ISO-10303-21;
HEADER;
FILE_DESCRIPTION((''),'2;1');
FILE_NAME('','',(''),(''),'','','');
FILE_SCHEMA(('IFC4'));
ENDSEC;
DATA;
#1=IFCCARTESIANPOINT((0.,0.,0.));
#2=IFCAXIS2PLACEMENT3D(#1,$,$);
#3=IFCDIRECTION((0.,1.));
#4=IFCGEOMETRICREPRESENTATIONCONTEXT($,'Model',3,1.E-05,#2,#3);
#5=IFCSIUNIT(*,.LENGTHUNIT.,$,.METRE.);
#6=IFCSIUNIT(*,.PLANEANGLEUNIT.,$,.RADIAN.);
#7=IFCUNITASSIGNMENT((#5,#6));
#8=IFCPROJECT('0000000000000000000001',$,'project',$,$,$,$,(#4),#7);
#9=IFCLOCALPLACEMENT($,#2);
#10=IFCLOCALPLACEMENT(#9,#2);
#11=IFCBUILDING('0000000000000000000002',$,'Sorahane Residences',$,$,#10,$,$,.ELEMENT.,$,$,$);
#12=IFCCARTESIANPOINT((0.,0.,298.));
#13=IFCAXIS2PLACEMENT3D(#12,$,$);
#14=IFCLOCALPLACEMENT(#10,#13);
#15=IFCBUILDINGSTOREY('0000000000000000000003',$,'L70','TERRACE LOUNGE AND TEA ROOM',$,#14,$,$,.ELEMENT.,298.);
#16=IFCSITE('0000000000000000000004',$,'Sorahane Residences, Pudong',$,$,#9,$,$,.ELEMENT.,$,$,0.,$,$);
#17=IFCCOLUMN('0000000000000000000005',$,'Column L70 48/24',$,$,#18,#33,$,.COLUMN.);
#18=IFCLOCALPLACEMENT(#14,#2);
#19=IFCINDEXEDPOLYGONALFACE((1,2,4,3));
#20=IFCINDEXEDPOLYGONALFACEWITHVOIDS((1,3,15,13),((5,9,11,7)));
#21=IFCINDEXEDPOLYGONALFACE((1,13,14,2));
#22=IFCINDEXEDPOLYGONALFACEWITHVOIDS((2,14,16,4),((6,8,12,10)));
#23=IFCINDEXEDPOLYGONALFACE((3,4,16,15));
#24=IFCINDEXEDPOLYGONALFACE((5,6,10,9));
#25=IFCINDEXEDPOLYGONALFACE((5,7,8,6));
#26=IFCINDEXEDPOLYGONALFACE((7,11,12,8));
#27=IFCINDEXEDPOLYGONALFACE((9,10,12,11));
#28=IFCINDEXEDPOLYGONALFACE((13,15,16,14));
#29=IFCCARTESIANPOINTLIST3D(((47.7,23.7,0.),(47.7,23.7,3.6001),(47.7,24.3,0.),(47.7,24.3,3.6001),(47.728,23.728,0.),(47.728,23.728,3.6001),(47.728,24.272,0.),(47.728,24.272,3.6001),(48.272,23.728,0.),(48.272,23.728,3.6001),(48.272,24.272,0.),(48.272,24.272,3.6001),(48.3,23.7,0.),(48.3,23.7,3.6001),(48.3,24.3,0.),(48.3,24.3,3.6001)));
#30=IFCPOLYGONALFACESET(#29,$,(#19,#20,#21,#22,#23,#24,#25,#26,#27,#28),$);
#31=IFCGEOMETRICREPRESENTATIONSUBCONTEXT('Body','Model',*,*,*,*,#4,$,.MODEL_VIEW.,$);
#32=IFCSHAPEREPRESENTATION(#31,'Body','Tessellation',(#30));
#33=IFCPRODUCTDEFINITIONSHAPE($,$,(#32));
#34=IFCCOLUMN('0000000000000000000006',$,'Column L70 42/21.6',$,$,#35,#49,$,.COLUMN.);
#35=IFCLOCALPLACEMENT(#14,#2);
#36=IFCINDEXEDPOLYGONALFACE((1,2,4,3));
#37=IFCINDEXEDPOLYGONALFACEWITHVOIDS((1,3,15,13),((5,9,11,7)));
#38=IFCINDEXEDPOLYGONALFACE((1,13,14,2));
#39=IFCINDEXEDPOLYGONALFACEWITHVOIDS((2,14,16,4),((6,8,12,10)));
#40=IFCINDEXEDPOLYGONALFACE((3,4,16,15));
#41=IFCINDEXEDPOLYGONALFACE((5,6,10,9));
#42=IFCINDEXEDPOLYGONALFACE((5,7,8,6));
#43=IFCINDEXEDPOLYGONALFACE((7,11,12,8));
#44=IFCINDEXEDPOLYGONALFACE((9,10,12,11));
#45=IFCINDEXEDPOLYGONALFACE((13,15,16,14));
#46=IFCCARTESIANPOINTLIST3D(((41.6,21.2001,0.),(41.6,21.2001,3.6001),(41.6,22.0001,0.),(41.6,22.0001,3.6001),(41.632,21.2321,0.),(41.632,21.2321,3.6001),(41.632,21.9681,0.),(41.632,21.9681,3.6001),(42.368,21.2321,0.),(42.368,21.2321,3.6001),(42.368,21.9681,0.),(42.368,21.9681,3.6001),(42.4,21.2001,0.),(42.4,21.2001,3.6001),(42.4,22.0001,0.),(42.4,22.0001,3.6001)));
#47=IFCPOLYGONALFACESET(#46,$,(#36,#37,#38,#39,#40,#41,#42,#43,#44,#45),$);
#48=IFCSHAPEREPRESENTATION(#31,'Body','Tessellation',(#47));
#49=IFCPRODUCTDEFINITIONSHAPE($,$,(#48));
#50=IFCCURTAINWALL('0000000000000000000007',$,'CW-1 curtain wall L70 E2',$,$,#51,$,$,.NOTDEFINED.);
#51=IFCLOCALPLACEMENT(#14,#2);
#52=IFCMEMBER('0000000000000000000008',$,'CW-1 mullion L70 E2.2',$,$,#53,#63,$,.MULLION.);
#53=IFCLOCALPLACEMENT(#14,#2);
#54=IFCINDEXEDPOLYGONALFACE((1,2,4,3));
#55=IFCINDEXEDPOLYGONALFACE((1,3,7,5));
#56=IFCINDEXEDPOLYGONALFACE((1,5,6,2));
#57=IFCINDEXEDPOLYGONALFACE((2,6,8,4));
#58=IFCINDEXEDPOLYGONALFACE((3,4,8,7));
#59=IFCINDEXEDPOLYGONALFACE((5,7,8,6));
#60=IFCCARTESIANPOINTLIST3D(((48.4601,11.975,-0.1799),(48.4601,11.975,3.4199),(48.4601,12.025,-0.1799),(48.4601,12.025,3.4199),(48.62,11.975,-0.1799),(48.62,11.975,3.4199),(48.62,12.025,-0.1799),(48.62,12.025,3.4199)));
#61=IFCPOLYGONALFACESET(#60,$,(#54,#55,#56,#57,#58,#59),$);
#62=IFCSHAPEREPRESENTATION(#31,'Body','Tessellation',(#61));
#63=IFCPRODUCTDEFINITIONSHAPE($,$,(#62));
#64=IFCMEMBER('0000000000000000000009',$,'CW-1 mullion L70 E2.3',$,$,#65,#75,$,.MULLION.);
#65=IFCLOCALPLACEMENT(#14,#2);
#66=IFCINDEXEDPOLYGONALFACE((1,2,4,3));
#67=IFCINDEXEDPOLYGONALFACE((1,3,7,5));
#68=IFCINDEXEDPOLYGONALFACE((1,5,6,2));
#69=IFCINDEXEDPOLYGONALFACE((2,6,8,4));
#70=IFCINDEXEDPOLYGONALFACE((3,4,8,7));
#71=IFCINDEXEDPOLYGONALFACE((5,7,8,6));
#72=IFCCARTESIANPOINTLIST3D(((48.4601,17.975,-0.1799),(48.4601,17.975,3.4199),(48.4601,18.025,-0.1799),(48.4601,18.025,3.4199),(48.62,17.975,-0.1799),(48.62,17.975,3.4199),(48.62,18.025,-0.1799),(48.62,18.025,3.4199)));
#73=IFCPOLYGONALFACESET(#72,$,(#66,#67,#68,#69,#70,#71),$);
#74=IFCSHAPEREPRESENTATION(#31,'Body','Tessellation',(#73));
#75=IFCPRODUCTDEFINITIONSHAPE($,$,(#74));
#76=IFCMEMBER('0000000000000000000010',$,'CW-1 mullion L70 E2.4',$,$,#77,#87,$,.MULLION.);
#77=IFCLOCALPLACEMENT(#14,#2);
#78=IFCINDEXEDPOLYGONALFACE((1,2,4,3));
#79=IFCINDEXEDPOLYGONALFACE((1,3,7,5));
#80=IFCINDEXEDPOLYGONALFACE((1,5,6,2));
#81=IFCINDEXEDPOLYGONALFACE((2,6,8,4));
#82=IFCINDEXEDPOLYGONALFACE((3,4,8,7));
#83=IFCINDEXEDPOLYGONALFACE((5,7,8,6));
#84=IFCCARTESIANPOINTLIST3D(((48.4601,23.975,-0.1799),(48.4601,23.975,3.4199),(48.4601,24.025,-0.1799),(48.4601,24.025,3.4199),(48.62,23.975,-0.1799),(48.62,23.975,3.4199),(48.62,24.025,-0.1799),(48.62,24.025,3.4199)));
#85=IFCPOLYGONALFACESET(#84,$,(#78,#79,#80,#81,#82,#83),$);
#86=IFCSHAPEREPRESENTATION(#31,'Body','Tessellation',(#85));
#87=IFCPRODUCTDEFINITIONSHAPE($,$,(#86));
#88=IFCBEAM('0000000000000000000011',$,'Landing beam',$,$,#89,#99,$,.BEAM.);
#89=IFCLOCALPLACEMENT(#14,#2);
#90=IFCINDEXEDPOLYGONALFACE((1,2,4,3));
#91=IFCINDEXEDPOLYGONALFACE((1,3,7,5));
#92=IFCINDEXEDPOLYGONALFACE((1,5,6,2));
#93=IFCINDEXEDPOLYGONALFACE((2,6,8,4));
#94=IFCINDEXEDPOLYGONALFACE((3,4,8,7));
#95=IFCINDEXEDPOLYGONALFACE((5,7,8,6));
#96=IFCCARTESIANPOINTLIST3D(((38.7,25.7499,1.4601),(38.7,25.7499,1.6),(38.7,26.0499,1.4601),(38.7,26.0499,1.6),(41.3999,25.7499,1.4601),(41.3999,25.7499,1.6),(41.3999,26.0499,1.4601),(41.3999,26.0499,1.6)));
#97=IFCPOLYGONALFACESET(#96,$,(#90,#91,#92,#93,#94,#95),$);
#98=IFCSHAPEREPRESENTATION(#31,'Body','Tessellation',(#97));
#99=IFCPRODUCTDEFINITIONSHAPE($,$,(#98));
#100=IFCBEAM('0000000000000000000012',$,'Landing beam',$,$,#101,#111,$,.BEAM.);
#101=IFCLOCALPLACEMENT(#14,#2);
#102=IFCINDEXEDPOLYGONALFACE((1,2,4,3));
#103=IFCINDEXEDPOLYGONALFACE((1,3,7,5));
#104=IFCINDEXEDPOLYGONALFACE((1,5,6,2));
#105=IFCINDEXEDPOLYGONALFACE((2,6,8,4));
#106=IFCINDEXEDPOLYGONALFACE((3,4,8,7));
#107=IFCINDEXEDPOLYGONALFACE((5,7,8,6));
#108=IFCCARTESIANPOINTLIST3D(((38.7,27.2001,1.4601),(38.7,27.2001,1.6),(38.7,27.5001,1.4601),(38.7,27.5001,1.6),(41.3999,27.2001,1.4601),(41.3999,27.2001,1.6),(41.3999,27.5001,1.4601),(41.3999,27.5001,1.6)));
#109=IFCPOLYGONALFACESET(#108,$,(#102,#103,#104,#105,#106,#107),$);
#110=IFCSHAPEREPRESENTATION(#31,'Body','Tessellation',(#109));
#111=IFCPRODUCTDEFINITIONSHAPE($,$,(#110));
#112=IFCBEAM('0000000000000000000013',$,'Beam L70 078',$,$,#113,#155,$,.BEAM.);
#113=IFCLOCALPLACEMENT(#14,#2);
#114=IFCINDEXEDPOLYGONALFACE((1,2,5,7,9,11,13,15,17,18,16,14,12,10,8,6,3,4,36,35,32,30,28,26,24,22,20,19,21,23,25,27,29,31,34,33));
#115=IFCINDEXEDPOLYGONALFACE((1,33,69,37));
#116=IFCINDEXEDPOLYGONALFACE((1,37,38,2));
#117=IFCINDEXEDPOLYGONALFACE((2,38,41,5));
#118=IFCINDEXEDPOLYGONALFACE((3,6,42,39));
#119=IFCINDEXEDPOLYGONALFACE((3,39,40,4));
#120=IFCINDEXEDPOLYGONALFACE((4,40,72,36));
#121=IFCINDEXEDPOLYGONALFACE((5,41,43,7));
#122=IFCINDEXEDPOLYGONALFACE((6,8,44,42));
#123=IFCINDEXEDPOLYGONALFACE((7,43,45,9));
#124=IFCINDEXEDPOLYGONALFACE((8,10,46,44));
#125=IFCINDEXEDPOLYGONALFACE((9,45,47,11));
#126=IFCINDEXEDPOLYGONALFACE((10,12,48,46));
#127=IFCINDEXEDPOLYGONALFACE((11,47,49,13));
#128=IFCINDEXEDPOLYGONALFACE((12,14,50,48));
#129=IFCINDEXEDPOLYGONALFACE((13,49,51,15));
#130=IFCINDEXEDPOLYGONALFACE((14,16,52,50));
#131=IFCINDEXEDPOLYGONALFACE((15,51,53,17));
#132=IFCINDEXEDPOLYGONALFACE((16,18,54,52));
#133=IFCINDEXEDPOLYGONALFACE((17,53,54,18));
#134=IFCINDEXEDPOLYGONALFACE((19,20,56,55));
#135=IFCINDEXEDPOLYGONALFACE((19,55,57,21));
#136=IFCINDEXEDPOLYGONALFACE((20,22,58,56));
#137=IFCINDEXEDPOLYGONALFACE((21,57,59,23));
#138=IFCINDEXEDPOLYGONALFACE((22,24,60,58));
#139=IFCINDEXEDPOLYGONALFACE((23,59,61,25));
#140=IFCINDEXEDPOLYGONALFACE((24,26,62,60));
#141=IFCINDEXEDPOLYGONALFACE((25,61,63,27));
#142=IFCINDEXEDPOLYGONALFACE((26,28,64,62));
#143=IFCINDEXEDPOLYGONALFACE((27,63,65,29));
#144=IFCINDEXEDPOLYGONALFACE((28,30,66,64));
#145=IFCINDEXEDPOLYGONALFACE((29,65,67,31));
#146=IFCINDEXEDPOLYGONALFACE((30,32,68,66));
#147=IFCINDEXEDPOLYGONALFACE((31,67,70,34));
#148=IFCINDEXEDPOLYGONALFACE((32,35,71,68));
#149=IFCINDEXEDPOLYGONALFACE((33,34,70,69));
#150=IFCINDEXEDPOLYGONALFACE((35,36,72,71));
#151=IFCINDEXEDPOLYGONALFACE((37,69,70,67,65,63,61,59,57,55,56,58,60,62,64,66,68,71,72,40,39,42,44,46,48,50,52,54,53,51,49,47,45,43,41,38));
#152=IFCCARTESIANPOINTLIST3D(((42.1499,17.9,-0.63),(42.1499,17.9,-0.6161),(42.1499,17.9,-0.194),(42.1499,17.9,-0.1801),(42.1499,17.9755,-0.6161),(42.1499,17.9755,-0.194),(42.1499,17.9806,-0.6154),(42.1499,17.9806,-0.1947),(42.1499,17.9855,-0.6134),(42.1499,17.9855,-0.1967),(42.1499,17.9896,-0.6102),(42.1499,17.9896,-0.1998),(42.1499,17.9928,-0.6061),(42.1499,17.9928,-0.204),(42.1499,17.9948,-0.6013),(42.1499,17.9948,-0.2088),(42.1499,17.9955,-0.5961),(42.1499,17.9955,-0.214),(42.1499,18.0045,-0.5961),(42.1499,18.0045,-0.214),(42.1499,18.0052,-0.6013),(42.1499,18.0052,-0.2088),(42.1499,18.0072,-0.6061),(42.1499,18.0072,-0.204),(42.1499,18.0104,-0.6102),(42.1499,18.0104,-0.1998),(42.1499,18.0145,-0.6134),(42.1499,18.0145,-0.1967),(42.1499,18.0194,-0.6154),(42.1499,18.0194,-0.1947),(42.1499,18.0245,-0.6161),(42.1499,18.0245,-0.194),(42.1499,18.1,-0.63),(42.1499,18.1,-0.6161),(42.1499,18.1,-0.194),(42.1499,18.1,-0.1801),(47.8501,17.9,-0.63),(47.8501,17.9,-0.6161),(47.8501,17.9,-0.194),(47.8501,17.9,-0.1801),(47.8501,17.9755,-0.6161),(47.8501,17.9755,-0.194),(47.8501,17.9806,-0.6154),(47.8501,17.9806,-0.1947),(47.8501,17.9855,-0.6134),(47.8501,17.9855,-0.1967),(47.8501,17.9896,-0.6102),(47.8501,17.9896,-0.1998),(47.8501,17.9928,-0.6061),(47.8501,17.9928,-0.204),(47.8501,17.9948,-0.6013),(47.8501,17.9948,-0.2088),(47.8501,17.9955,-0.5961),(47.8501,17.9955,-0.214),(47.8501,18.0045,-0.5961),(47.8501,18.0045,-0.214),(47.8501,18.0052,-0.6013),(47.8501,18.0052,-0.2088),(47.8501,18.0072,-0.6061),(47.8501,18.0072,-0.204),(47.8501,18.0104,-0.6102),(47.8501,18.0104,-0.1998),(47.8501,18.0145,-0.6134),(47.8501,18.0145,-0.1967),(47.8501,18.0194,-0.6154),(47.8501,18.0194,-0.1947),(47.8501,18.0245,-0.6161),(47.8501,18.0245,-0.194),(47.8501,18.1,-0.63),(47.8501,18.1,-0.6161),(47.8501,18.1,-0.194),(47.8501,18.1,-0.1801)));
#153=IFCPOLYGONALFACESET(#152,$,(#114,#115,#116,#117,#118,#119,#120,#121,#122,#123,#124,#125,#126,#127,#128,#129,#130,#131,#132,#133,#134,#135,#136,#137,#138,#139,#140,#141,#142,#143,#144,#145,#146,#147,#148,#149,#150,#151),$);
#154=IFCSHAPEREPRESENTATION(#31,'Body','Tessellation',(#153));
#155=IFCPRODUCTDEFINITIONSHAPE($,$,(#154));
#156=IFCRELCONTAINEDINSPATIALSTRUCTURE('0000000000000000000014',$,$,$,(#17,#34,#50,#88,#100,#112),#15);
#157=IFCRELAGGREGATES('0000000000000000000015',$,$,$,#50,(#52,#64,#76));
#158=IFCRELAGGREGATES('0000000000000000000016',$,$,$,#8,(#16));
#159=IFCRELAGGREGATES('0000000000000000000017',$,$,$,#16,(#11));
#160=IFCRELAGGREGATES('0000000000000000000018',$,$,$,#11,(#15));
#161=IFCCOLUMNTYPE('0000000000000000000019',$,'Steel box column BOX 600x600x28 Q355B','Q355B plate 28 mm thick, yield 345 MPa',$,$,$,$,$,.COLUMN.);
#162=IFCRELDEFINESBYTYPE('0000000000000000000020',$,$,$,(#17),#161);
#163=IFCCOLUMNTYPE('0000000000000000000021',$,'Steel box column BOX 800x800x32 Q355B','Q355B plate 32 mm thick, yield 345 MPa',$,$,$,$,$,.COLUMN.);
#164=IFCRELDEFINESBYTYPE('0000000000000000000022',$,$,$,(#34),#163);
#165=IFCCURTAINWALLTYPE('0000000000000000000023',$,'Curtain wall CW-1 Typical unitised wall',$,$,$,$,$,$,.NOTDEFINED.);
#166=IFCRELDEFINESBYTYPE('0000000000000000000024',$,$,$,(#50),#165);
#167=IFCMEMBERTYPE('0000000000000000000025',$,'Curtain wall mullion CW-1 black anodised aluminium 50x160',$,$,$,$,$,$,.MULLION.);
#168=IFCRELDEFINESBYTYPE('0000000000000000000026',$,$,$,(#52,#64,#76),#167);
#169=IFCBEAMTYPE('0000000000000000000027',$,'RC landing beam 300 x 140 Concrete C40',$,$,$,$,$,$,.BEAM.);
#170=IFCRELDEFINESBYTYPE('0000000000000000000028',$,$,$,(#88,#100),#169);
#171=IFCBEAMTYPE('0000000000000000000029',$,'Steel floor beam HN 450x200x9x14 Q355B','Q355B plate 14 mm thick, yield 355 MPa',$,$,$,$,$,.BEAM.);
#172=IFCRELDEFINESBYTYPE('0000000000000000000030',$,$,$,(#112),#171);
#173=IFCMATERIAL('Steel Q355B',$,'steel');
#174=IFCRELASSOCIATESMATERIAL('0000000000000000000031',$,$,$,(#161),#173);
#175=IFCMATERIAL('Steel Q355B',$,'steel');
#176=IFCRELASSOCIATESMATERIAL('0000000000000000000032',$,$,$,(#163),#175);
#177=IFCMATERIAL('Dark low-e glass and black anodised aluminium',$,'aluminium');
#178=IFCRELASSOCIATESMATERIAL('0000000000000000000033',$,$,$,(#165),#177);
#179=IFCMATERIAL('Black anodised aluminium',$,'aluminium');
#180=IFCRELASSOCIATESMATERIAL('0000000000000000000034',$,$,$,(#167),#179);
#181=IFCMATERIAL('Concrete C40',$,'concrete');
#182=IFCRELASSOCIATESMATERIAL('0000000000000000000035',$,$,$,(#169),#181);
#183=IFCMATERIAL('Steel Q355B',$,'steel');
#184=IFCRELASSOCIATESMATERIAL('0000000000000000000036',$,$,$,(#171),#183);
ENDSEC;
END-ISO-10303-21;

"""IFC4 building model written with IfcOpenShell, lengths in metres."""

from ifc_helpers import new_model, si_unit, direction, frame, origin, origin_2d, place, context, subcontext, project, spatial, rectangle, hollow_rectangle, i_section, extrude, material, material_profile, profile_set, type_object, element, aggregate, save


model = new_model("IFC4")

# Units and contexts
model_context = context("Model", 3, precision=1e-05, world=origin(), true_north=direction((0.0, 1.0)))
body_context = subcontext(model_context, "Body", "Model", "MODEL_VIEW")
ifc_project = project(units=[si_unit("LENGTHUNIT", "METRE"), si_unit("PLANEANGLEUNIT", "RADIAN")], contexts=[model_context])

# Site, building, storey
site_placement = place(None, origin())
site = spatial("IfcSite", under=ifc_project, at=site_placement, Name="Sorahane Residences, Pudong", CompositionType="ELEMENT", RefElevation=0.0)
building_placement = place(site_placement, origin())
building = spatial("IfcBuilding", under=site, at=building_placement, Name="Sorahane Residences", CompositionType="ELEMENT")
storey_placement = place(building_placement, frame((0.0, 0.0, 298.0)))
storey = spatial("IfcBuildingStorey", under=building, at=storey_placement, Name="L70", Description="TERRACE LOUNGE AND TEA ROOM", CompositionType="ELEMENT", Elevation=298.0)

# Columns
ifc_material_1 = material(Name="Steel Q355B", Category="steel")
ifc_material_profile_1 = material_profile(ifc_material_1, hollow_rectangle(XDim=0.6001, YDim=0.6001, WallThickness=0.0281, at=origin_2d()), Name="BOX 600x600x28")
ifc_profile_set_1 = profile_set([ifc_material_profile_1], Name="Steel Q355B")
column_type_1 = type_object("IfcColumnType", Name="Steel box column BOX 600x600x28 Q355B", Description="Q355B plate 28 mm thick, yield 345 MPa", PredefinedType="COLUMN", material=ifc_profile_set_1)
column_1_placement = place(storey_placement, frame((48.0, 24.0, 0.0), z_axis=(0.0, 0.0, 1.0), x_axis=(1.0, 0.0, 0.0)))
element("IfcColumn", 1, at=column_1_placement, inside=storey, type_object=column_type_1, Name="Column L70 48/24", PredefinedType="COLUMN", context=body_context, shape_type="SweptSolid", body=[
    extrude(hollow_rectangle(XDim=0.6001, YDim=0.6001, WallThickness=0.0281, at=origin_2d()), origin(), (0.0, 0.0, 1.0), 3.6001),
])
ifc_material_2 = material(Name="Steel Q355B", Category="steel")
ifc_material_profile_2 = material_profile(ifc_material_2, hollow_rectangle(XDim=0.8, YDim=0.8, WallThickness=0.032, at=origin_2d()), Name="BOX 800x800x32")
ifc_profile_set_2 = profile_set([ifc_material_profile_2], Name="Steel Q355B")
column_type_2 = type_object("IfcColumnType", Name="Steel box column BOX 800x800x32 Q355B", Description="Q355B plate 32 mm thick, yield 345 MPa", PredefinedType="COLUMN", material=ifc_profile_set_2)
column_2_placement = place(storey_placement, frame((42.0, 21.6001, 0.0), z_axis=(0.0, 0.0, 1.0), x_axis=(1.0, 0.0, 0.0)))
element("IfcColumn", 2, at=column_2_placement, inside=storey, type_object=column_type_2, Name="Column L70 42/21.6", PredefinedType="COLUMN", context=body_context, shape_type="SweptSolid", body=[
    extrude(hollow_rectangle(XDim=0.8, YDim=0.8, WallThickness=0.032, at=origin_2d()), origin(), (0.0, 0.0, 1.0), 3.6001),
])

# Curtain wall, members
ifc_material_3 = material(Name="Dark low-e glass and black anodised aluminium", Category="aluminium")
curtain_wall_type = type_object("IfcCurtainWallType", Name="Curtain wall CW-1 Typical unitised wall", PredefinedType="NOTDEFINED", material=ifc_material_3)
curtain_wall_placement = place(storey_placement, origin())
curtain_wall = element("IfcCurtainWall", 3, at=curtain_wall_placement, inside=storey, type_object=curtain_wall_type, Name="CW-1 curtain wall L70 E2", PredefinedType="NOTDEFINED")
ifc_material_4 = material(Name="Black anodised aluminium", Category="aluminium")
ifc_material_profile_3 = material_profile(ifc_material_4, rectangle(XDim=0.1599, YDim=0.05, at=origin_2d()), Name="Curtain wall mullion CW-1 black anodised aluminium 50x160")
ifc_profile_set_3 = profile_set([ifc_material_profile_3], Name="Black anodised aluminium")
member_type = type_object("IfcMemberType", Name="Curtain wall mullion CW-1 black anodised aluminium 50x160", PredefinedType="MULLION", material=ifc_profile_set_3)
member_1_placement = place(storey_placement, frame((48.54, 12.0, -0.1799), z_axis=(0.0, 0.0, 1.0), x_axis=(1.0, 0.0, 0.0)))
member_1 = element("IfcMember", 4, at=member_1_placement, type_object=member_type, Name="CW-1 mullion L70 E2.2", PredefinedType="MULLION", context=body_context, shape_type="SweptSolid", body=[
    extrude(rectangle(XDim=0.1599, YDim=0.05, at=origin_2d()), origin(), (0.0, 0.0, 1.0), 3.5999),
])
member_2_placement = place(storey_placement, frame((48.54, 18.0, -0.1799), z_axis=(0.0, 0.0, 1.0), x_axis=(1.0, 0.0, 0.0)))
member_2 = element("IfcMember", 5, at=member_2_placement, type_object=member_type, Name="CW-1 mullion L70 E2.3", PredefinedType="MULLION", context=body_context, shape_type="SweptSolid", body=[
    extrude(rectangle(XDim=0.1599, YDim=0.05, at=origin_2d()), origin(), (0.0, 0.0, 1.0), 3.5999),
])
member_3_placement = place(storey_placement, frame((48.54, 24.0, -0.1799), z_axis=(0.0, 0.0, 1.0), x_axis=(1.0, 0.0, 0.0)))
member_3 = element("IfcMember", 6, at=member_3_placement, type_object=member_type, Name="CW-1 mullion L70 E2.4", PredefinedType="MULLION", context=body_context, shape_type="SweptSolid", body=[
    extrude(rectangle(XDim=0.1599, YDim=0.05, at=origin_2d()), origin(), (0.0, 0.0, 1.0), 3.5999),
])

# Beams
ifc_material_5 = material(Name="Concrete C40", Category="concrete")
ifc_material_profile_4 = material_profile(ifc_material_5, rectangle(XDim=0.3, YDim=0.1399, at=origin_2d()), Name="300x140")
ifc_profile_set_4 = profile_set([ifc_material_profile_4], Name="Concrete C40")
beam_type_1 = type_object("IfcBeamType", Name="RC landing beam 300 x 140 Concrete C40", PredefinedType="BEAM", material=ifc_profile_set_4)
for number, where, z_axis, x_axis, name in (
    (7, (38.7, 25.8999, 1.53), (1.0, 0.0, 0.0), (0.0, 1.0, 0.0), "Landing beam"),
    (8, (38.7, 27.3501, 1.53), (1.0, 0.0, 0.0), (0.0, 1.0, 0.0), "Landing beam"),
):
    element("IfcBeam", number, at=place(storey_placement, frame(where, z_axis=z_axis, x_axis=x_axis)), inside=storey, type_object=beam_type_1, Name=name, PredefinedType="BEAM", context=body_context, shape_type="SweptSolid", body=[
        extrude(rectangle(XDim=0.3, YDim=0.1399, at=origin_2d()), origin(), (0.0, 0.0, 1.0), 2.7),
    ])
ifc_material_6 = material(Name="Steel Q355B", Category="steel")
ifc_material_profile_5 = material_profile(ifc_material_6, i_section(OverallWidth=0.2, OverallDepth=0.45, WebThickness=0.009, FlangeThickness=0.0139, FilletRadius=0.02, at=origin_2d()), Name="HN 450x200x9x14")
ifc_profile_set_5 = profile_set([ifc_material_profile_5], Name="Steel Q355B")
beam_type_2 = type_object("IfcBeamType", Name="Steel floor beam HN 450x200x9x14 Q355B", Description="Q355B plate 14 mm thick, yield 355 MPa", PredefinedType="BEAM", material=ifc_profile_set_5)
beam_1_placement = place(storey_placement, frame((42.1499, 18.0, -0.405), z_axis=(1.0, 0.0, 0.0), x_axis=(0.0, 1.0, 0.0)))
element("IfcBeam", 9, at=beam_1_placement, inside=storey, type_object=beam_type_2, Name="Beam L70 078", PredefinedType="BEAM", context=body_context, shape_type="SweptSolid", body=[
    extrude(i_section(OverallWidth=0.2, OverallDepth=0.45, WebThickness=0.009, FlangeThickness=0.0139, FilletRadius=0.02, at=origin_2d()), origin(), (0.0, 0.0, 1.0), 5.7002),
])

aggregate(curtain_wall, [member_1, member_2, member_3])

save(model, "model.ifc")
